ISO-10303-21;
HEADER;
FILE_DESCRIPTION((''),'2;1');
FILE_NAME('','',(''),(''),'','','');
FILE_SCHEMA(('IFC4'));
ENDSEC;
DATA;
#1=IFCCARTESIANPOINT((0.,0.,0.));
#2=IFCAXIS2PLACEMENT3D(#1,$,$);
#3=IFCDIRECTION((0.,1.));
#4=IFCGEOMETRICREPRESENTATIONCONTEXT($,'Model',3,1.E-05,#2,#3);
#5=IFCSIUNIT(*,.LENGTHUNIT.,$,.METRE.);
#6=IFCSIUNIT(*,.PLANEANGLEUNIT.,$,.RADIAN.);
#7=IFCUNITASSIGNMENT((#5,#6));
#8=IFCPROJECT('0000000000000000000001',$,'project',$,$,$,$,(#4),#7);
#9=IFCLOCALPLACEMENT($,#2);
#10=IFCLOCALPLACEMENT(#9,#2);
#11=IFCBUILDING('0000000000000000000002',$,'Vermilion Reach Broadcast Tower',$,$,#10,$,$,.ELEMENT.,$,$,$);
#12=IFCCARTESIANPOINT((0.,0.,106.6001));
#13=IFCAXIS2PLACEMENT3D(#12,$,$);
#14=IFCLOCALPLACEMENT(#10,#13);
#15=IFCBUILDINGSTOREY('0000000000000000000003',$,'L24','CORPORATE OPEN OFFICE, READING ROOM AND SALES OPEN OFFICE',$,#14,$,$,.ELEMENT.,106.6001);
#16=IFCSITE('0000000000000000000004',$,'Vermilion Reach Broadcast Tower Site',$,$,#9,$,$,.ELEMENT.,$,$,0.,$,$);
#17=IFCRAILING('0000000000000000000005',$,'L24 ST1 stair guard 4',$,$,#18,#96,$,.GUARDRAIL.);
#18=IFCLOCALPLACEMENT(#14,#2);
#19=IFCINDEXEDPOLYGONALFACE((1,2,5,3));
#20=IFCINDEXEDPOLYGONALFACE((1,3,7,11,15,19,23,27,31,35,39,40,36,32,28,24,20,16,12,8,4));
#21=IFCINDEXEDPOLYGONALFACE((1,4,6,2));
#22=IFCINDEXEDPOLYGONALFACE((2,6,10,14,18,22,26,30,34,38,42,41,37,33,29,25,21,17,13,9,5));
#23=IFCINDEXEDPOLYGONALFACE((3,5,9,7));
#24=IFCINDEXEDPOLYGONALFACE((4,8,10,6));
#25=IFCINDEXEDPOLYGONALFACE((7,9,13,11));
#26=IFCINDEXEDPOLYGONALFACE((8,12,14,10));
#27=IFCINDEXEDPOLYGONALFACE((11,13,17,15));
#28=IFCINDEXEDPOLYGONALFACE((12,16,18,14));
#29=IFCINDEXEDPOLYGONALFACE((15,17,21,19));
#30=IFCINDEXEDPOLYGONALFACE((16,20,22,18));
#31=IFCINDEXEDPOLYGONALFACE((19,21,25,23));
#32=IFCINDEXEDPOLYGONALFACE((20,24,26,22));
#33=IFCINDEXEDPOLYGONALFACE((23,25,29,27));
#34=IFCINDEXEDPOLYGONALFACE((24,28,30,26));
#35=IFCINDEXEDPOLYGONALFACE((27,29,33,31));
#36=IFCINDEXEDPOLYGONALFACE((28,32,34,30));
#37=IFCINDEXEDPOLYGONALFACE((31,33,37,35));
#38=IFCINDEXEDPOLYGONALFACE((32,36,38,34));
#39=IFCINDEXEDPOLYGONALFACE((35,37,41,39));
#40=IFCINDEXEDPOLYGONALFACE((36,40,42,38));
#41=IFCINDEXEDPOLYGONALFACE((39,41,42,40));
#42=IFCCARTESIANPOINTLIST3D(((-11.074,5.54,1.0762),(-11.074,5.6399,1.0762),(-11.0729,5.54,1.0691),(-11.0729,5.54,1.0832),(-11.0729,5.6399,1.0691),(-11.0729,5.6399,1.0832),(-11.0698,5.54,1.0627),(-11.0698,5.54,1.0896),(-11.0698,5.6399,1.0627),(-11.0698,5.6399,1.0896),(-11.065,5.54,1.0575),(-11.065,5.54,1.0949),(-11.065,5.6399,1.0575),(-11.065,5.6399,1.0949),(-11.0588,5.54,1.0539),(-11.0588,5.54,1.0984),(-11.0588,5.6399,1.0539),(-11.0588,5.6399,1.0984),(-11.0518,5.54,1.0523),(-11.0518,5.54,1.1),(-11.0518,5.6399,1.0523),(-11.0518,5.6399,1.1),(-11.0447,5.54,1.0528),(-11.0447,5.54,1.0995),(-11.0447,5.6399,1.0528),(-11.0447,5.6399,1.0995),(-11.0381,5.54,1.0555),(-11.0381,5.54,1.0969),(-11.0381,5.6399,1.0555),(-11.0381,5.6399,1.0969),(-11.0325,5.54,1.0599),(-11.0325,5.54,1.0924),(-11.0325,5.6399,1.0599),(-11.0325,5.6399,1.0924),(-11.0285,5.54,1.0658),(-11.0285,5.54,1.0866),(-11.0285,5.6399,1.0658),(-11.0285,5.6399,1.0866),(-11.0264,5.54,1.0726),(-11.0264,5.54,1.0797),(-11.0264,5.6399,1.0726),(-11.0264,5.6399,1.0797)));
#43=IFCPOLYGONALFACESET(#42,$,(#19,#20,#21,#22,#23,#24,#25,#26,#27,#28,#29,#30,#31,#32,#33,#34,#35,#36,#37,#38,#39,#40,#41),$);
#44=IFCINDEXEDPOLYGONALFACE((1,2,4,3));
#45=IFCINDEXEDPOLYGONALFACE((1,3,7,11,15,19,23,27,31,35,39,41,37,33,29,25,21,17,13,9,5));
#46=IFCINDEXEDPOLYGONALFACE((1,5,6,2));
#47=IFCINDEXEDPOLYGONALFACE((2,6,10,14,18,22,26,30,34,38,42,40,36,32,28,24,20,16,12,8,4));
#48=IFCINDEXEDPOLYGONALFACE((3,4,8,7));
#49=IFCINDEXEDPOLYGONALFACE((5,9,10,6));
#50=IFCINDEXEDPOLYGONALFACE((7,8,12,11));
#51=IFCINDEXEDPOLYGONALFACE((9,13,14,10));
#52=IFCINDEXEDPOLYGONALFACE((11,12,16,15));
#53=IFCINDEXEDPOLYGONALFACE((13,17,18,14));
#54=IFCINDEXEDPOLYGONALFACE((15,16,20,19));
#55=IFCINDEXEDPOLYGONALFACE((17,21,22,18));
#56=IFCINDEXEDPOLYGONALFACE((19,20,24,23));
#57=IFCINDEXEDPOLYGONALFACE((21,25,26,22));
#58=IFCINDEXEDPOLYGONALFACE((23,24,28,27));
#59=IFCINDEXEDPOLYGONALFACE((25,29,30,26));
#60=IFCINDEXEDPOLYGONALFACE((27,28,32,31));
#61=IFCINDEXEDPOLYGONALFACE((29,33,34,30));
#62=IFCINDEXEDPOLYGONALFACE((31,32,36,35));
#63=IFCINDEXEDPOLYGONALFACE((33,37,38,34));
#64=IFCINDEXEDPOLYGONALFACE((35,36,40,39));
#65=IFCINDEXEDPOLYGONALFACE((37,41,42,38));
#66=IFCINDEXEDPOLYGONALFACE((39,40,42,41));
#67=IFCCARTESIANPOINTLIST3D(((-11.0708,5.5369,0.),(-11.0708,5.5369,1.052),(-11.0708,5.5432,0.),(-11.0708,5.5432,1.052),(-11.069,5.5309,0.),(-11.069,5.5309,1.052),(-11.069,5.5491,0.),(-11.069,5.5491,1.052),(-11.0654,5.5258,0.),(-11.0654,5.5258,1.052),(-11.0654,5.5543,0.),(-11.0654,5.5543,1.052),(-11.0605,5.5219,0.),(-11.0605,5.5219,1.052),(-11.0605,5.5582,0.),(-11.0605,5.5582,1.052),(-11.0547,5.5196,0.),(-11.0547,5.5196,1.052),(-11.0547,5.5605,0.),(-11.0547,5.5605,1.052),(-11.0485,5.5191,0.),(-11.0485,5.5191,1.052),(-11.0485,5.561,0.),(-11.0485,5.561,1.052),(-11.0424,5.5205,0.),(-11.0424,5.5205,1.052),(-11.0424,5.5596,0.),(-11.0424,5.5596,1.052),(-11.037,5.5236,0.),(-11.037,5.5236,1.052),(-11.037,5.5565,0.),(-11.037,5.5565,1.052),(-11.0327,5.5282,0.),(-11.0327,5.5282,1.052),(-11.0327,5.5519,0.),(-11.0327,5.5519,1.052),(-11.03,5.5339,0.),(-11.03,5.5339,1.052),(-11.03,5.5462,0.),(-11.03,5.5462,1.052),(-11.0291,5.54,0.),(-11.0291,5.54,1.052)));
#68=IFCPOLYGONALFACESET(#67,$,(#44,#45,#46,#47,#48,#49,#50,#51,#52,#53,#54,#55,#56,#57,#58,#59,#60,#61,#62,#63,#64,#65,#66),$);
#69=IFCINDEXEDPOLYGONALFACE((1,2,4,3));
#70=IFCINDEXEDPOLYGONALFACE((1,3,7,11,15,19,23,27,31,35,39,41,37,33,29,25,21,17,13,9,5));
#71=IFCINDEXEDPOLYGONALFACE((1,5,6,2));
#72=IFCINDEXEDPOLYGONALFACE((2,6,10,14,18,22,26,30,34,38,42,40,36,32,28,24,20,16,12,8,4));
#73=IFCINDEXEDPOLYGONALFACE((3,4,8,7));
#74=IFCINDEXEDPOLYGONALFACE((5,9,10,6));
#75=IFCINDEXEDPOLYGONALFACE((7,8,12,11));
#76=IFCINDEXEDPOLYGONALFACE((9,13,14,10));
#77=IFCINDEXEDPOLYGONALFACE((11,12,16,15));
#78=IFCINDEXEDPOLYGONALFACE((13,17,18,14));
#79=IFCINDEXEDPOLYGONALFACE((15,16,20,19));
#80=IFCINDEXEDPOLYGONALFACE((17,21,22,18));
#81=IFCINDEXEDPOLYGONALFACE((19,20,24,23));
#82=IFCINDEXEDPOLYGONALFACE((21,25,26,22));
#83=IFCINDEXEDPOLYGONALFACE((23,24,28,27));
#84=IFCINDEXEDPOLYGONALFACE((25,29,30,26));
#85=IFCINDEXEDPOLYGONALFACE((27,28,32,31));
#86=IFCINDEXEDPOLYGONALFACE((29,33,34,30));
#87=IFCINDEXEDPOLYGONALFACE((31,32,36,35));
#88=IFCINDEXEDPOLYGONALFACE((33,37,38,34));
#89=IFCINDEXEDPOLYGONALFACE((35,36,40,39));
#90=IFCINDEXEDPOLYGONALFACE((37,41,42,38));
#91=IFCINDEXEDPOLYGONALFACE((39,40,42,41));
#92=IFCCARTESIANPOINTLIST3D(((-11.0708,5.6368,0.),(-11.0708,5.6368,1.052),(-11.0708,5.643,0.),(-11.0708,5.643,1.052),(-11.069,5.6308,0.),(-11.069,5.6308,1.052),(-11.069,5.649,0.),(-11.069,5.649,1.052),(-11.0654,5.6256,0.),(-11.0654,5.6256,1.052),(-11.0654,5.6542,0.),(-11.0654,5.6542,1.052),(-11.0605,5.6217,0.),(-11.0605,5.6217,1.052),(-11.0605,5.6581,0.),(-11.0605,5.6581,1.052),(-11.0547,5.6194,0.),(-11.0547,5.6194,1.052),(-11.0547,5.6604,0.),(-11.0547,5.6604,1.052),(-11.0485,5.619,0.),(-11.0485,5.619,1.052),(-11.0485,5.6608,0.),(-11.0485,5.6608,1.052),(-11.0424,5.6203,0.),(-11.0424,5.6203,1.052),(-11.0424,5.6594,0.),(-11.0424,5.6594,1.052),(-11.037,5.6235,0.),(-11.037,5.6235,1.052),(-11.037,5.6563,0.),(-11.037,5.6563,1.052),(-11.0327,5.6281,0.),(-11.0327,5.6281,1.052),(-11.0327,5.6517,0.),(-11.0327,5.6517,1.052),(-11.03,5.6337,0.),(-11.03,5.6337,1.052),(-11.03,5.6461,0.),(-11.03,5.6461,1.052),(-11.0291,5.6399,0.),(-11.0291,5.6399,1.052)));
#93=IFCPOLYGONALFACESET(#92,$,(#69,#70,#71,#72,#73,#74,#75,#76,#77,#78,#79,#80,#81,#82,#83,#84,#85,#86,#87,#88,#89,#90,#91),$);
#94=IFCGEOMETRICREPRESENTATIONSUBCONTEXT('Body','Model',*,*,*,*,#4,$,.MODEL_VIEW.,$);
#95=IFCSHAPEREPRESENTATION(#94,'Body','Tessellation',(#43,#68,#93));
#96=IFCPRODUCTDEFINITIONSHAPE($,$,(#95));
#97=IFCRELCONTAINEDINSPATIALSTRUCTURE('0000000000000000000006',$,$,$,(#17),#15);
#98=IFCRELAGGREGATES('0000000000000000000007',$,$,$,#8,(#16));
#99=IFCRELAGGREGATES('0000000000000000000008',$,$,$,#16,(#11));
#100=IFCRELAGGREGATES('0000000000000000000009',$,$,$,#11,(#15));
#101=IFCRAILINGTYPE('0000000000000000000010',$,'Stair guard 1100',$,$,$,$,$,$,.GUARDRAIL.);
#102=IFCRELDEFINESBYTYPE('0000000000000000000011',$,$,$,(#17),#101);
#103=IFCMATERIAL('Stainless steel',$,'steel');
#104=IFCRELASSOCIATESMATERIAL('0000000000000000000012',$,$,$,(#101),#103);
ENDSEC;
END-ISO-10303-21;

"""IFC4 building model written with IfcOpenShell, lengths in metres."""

from ifc_helpers import new_model, si_unit, direction, frame, origin, origin_2d, place, context, subcontext, project, spatial, circle, extrude, material, type_object, element, save


model = new_model("IFC4")

# Units and contexts
model_context = context("Model", 3, precision=1e-05, world=origin(), true_north=direction((0.0, 1.0)))
body_context = subcontext(model_context, "Body", "Model", "MODEL_VIEW")
ifc_project = project(units=[si_unit("LENGTHUNIT", "METRE"), si_unit("PLANEANGLEUNIT", "RADIAN")], contexts=[model_context])

# Site, building, storey
site_placement = place(None, origin())
site = spatial("IfcSite", under=ifc_project, at=site_placement, Name="Vermilion Reach Broadcast Tower Site", CompositionType="ELEMENT", RefElevation=0.0)
building_placement = place(site_placement, origin())
building = spatial("IfcBuilding", under=site, at=building_placement, Name="Vermilion Reach Broadcast Tower", CompositionType="ELEMENT")
storey_placement = place(building_placement, frame((0.0, 0.0, 106.6001)))
storey = spatial("IfcBuildingStorey", under=building, at=storey_placement, Name="L24", Description="CORPORATE OPEN OFFICE, READING ROOM AND SALES OPEN OFFICE", CompositionType="ELEMENT", Elevation=106.6001)

# Railing
ifc_material_1 = material(Name="Stainless steel", Category="steel")
railing_type_1 = type_object("IfcRailingType", Name="Stair guard 1100", PredefinedType="GUARDRAIL", material=ifc_material_1)
railing_1_placement = place(storey_placement, frame((-11.05, 5.54, 0.0)))
element("IfcRailing", 1, at=railing_1_placement, inside=storey, type_object=railing_type_1, Name="L24 ST1 stair guard 4", PredefinedType="GUARDRAIL", context=body_context, shape_type="SweptSolid", body=[
    extrude(circle(Radius=0.0239, at=origin_2d()), frame((0.0, 0.0, 1.0762), z_axis=(0.0, 1.0, 0.0), x_axis=(-1.0, 0.0, 0.0)), (0.0, 0.0, 1.0), 0.0999),
    extrude(circle(Radius=0.021, at=origin_2d()), origin(), (0.0, 0.0, 1.0), 1.052),
    extrude(circle(Radius=0.021, at=origin_2d()), frame((0.0, 0.0999, 0.0)), (0.0, 0.0, 1.0), 1.052),
])

save(model, "model.ifc")
